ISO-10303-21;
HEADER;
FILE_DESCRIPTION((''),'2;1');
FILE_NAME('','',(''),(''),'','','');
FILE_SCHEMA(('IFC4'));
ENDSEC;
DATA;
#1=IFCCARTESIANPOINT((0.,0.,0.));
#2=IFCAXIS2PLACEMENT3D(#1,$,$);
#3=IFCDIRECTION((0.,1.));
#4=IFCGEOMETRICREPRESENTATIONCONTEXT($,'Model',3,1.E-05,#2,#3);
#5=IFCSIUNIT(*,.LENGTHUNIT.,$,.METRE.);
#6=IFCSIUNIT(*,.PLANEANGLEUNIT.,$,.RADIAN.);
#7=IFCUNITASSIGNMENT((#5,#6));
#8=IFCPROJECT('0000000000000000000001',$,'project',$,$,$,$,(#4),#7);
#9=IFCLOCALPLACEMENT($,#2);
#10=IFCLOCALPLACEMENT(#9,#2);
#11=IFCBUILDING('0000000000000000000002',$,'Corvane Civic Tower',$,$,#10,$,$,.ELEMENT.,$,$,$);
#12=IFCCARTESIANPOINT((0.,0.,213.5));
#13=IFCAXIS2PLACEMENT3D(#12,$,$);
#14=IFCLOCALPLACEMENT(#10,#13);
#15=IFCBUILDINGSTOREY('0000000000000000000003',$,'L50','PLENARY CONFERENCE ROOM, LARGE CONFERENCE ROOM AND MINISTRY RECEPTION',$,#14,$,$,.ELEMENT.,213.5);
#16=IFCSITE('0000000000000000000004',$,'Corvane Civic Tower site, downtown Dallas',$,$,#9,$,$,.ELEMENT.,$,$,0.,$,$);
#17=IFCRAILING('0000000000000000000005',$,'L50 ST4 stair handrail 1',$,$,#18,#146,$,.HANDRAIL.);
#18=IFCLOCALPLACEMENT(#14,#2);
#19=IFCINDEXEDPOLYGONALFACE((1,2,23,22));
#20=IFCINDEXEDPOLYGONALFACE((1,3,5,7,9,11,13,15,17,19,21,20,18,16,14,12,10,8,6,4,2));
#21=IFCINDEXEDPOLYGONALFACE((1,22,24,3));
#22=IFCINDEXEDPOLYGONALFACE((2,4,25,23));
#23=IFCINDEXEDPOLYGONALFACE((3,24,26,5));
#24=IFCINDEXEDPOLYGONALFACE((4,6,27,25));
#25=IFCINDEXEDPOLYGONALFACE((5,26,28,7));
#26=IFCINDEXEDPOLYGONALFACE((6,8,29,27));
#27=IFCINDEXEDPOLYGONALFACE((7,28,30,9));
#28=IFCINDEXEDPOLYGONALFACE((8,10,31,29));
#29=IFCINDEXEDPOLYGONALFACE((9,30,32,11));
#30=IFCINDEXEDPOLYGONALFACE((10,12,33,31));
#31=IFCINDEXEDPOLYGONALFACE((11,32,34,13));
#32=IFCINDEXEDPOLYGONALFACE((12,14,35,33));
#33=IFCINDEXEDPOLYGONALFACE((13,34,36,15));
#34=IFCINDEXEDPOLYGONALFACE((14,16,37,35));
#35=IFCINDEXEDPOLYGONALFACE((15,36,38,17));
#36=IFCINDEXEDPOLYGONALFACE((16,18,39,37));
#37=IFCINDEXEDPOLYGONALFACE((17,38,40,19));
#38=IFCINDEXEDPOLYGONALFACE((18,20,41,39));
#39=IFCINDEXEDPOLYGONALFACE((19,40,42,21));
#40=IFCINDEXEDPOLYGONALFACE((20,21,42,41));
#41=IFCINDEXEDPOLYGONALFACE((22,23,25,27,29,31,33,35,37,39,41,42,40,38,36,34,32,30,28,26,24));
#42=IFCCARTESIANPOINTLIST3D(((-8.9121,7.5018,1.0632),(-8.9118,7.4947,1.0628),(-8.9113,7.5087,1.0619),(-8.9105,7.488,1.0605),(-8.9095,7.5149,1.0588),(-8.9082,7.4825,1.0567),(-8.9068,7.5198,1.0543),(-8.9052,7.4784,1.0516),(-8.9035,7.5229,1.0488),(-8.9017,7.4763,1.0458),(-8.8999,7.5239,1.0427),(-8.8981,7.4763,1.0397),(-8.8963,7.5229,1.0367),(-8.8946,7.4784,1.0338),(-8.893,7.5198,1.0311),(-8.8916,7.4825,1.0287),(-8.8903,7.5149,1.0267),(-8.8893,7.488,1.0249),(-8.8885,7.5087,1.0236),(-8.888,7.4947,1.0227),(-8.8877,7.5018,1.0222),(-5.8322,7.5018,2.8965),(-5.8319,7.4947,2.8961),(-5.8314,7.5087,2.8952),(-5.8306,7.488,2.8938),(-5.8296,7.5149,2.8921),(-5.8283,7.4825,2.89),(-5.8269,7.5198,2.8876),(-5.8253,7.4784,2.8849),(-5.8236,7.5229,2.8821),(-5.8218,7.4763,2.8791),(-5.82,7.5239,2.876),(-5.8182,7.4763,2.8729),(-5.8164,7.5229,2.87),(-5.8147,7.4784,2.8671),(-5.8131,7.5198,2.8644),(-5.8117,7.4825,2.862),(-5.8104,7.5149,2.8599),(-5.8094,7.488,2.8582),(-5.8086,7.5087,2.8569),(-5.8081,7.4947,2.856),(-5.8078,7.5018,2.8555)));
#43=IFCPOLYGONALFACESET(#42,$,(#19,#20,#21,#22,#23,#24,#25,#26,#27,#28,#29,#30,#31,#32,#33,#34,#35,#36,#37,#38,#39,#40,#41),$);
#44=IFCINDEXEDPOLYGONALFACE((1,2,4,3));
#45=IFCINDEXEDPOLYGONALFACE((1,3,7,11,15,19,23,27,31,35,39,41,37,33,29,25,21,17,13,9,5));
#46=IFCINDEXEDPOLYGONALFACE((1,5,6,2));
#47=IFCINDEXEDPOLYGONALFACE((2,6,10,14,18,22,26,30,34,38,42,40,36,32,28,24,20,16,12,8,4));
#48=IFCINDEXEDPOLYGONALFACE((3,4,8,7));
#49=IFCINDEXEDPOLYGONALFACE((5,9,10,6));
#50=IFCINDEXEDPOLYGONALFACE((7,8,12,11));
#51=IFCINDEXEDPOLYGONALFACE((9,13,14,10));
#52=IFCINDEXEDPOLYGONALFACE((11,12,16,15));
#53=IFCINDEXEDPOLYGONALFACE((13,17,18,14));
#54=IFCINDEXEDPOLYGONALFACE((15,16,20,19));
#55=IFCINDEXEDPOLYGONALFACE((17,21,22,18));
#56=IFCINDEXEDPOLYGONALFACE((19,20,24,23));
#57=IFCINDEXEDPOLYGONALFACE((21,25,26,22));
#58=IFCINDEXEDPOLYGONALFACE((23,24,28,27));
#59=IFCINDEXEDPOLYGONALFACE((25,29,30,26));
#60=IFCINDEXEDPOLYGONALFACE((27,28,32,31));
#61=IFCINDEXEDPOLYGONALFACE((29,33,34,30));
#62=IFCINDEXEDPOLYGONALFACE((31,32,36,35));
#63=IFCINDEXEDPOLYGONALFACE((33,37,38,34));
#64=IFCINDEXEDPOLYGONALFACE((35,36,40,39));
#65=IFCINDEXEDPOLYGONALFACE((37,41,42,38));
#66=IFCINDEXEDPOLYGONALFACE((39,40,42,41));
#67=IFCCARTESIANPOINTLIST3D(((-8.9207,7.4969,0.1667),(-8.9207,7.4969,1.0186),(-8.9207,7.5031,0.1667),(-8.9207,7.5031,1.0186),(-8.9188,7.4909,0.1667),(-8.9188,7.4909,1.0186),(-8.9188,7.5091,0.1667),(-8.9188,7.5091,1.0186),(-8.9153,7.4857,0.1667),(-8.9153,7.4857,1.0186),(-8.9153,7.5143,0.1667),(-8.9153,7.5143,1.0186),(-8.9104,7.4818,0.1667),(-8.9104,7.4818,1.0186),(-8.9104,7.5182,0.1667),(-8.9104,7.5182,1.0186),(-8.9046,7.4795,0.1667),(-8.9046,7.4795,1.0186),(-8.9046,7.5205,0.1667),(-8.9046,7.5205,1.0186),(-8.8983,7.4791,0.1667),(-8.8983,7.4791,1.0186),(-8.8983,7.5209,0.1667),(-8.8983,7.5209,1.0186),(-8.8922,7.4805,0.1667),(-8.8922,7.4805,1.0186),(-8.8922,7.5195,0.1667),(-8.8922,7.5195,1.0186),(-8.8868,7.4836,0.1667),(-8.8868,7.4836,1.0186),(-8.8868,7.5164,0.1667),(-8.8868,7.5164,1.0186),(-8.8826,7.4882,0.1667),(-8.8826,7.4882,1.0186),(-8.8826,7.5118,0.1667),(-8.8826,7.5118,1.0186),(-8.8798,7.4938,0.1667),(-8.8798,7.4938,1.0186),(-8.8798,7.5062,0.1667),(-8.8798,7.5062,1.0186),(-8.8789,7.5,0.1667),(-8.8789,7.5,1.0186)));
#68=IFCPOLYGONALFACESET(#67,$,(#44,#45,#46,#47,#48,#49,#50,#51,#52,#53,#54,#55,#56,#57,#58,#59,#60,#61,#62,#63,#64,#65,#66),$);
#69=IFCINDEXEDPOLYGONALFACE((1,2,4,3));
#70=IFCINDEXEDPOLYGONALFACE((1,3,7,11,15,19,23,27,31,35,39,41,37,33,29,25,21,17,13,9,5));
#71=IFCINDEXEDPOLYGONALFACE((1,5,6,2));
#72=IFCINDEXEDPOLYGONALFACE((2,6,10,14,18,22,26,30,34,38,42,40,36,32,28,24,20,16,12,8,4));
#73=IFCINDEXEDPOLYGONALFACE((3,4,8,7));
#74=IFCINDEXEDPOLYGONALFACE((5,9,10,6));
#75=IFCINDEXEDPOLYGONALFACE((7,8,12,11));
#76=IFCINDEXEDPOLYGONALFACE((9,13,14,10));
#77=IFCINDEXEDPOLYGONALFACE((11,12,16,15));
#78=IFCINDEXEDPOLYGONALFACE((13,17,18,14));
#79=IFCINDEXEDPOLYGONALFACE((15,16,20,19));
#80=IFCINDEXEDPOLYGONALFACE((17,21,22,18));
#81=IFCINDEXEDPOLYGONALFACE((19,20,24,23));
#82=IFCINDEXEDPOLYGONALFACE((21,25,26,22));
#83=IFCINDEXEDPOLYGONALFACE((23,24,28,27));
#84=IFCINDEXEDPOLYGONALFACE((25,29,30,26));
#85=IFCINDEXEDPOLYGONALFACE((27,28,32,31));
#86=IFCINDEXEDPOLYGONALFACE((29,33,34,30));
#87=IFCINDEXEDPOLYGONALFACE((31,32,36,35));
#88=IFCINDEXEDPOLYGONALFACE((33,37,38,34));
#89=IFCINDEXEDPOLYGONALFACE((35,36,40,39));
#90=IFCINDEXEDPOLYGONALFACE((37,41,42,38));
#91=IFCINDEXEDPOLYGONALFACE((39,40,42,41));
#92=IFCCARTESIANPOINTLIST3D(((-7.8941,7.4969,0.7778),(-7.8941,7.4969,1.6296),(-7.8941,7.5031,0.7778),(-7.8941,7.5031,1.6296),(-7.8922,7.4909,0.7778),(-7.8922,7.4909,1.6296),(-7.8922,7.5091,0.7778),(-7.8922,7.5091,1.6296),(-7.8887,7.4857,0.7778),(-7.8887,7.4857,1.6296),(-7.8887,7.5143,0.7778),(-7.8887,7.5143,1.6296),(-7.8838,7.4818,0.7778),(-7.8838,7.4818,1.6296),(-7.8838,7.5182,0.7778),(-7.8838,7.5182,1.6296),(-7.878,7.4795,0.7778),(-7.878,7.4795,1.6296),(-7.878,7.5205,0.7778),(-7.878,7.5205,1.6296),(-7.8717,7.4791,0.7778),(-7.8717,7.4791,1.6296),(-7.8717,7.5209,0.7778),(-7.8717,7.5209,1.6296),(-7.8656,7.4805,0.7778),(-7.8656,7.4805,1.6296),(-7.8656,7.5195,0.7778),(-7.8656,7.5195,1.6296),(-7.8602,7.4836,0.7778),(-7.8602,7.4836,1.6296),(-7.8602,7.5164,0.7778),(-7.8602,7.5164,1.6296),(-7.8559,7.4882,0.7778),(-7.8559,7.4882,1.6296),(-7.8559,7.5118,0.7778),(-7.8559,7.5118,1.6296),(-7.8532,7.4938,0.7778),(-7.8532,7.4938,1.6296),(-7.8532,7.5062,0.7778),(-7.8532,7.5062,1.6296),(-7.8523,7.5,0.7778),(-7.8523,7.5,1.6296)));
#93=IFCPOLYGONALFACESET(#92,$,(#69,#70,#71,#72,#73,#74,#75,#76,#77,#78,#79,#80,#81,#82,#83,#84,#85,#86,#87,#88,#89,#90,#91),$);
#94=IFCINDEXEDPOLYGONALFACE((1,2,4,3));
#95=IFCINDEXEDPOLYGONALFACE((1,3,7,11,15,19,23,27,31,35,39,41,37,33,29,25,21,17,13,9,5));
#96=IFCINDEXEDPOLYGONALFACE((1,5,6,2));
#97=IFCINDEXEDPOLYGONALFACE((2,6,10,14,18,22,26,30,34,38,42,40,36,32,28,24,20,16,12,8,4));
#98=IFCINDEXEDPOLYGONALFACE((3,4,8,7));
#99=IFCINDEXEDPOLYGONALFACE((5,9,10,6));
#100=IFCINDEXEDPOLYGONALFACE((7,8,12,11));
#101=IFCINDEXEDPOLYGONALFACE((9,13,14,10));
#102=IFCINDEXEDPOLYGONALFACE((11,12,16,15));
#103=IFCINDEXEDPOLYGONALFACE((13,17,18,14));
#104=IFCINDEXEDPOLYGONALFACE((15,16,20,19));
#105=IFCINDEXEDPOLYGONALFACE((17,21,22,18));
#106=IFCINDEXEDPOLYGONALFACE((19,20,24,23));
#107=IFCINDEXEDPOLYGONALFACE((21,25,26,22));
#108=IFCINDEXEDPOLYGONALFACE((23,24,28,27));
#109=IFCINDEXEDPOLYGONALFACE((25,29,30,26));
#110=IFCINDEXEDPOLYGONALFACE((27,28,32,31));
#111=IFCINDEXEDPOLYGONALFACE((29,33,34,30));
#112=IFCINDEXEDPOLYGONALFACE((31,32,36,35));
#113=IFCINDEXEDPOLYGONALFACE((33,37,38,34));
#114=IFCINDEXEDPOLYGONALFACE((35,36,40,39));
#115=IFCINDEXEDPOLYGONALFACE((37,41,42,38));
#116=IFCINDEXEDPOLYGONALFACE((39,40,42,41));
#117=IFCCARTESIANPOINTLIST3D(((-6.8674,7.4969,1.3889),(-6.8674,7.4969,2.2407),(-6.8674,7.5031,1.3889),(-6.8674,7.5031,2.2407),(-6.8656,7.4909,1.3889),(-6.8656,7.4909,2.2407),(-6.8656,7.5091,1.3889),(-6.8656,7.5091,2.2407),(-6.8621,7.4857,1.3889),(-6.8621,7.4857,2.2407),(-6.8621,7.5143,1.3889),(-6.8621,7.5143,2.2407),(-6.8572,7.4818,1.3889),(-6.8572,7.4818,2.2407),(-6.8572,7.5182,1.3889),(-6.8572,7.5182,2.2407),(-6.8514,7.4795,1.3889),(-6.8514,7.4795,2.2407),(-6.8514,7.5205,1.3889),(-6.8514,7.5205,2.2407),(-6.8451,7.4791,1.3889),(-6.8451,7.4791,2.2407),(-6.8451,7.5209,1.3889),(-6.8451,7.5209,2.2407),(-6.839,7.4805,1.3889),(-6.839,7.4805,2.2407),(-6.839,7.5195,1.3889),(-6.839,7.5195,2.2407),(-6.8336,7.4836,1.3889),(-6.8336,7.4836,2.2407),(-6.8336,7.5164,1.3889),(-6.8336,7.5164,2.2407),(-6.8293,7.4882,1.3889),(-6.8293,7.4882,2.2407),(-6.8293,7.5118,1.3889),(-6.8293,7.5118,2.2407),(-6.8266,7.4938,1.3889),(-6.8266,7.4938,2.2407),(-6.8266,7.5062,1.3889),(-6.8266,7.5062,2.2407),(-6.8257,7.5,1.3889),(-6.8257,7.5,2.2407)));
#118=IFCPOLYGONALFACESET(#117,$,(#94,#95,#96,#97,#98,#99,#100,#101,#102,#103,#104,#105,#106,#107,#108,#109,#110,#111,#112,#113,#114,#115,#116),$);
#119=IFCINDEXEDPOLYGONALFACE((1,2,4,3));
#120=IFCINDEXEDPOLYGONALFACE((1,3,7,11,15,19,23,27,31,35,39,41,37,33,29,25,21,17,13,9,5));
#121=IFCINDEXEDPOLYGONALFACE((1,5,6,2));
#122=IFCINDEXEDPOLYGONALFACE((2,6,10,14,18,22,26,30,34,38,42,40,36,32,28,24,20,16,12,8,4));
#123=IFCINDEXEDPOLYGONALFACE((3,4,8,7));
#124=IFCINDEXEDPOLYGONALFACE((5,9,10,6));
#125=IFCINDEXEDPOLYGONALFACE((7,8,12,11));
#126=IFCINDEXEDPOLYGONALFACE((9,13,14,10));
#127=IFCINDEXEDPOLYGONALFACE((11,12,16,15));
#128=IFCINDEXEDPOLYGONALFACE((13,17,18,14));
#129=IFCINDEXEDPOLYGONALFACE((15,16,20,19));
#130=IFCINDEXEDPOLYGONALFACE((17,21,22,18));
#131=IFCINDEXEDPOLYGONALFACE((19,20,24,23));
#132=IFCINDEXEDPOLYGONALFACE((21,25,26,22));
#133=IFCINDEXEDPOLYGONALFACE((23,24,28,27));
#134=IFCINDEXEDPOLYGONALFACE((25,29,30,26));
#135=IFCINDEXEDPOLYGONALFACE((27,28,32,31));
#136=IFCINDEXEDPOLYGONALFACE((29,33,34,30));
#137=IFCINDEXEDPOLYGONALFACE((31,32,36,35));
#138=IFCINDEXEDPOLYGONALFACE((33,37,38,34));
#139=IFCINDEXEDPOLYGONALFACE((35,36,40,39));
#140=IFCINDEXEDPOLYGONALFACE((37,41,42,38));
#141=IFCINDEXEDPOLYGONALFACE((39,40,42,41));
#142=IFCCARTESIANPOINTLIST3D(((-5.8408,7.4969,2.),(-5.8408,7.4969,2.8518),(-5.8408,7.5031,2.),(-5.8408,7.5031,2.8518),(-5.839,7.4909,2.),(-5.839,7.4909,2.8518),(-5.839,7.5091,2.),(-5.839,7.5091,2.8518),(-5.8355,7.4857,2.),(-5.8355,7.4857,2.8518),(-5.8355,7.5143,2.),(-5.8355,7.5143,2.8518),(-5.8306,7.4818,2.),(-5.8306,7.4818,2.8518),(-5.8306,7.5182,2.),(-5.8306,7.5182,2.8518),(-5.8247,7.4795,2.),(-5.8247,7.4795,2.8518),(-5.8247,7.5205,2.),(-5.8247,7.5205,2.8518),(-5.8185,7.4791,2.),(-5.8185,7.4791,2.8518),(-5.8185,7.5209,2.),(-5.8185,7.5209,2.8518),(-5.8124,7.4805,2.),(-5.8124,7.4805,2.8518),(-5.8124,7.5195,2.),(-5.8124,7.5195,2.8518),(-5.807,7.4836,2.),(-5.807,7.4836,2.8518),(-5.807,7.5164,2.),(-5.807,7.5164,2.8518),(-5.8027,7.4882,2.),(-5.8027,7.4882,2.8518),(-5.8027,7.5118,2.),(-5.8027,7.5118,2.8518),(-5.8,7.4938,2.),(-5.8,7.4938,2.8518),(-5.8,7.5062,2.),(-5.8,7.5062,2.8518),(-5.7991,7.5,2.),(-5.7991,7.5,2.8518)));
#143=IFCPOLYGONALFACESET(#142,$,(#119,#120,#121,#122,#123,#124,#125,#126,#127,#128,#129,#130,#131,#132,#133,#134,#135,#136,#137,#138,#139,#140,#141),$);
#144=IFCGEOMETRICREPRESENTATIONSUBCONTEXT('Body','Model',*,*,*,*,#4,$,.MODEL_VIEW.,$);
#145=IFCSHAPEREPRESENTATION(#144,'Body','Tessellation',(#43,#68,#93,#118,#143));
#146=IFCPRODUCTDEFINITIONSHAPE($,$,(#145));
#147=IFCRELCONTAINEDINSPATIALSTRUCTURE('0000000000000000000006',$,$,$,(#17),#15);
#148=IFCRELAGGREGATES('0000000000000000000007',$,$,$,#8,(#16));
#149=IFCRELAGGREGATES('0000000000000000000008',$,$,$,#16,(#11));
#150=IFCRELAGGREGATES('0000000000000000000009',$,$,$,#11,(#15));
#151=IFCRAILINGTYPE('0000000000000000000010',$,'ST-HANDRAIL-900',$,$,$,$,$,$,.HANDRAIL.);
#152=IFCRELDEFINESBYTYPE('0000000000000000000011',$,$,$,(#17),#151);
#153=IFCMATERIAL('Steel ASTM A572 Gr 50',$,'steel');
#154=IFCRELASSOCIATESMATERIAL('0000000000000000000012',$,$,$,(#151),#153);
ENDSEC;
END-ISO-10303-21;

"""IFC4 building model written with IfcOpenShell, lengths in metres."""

from ifc_helpers import new_model, si_unit, direction, frame, origin, origin_2d, place, context, subcontext, project, spatial, circle, extrude, material, type_object, element, save


model = new_model("IFC4")

# Units and contexts
model_context = context("Model", 3, precision=1e-05, world=origin(), true_north=direction((0.0, 1.0)))
body_context = subcontext(model_context, "Body", "Model", "MODEL_VIEW")
ifc_project = project(units=[si_unit("LENGTHUNIT", "METRE"), si_unit("PLANEANGLEUNIT", "RADIAN")], contexts=[model_context])

# Site, building, storey
site_placement = place(None, origin())
site = spatial("IfcSite", under=ifc_project, at=site_placement, Name="Corvane Civic Tower site, downtown Dallas", CompositionType="ELEMENT", RefElevation=0.0)
building_placement = place(site_placement, origin())
building = spatial("IfcBuilding", under=site, at=building_placement, Name="Corvane Civic Tower", CompositionType="ELEMENT")
storey_placement = place(building_placement, frame((0.0, 0.0, 213.5)))
storey = spatial("IfcBuildingStorey", under=building, at=storey_placement, Name="L50", Description="PLENARY CONFERENCE ROOM, LARGE CONFERENCE ROOM AND MINISTRY RECEPTION", CompositionType="ELEMENT", Elevation=213.5)

# Railing
ifc_material_1 = material(Name="Steel ASTM A572 Gr 50", Category="steel")
railing_type = type_object("IfcRailingType", Name="ST-HANDRAIL-900", PredefinedType="HANDRAIL", material=ifc_material_1)
railing_placement = place(storey_placement, frame((-8.8999, 7.5, 0.1667)))
element("IfcRailing", 1, at=railing_placement, inside=storey, type_object=railing_type, Name="L50 ST4 stair handrail 1", PredefinedType="HANDRAIL", context=body_context, shape_type="SweptSolid", body=[
    extrude(circle(Radius=0.0239, at=origin_2d()), frame((0.0, 0.0, 0.876), z_axis=(0.859291, 0.0, 0.511487), x_axis=(0.0, 1.0, 0.0)), (0.0, 0.0, 1.0), 3.5842),
    extrude(circle(Radius=0.021, at=origin_2d()), origin(), (0.0, 0.0, 1.0), 0.8518),
    extrude(circle(Radius=0.021, at=origin_2d()), frame((1.0266, 0.0, 0.6111)), (0.0, 0.0, 1.0), 0.8518),
    extrude(circle(Radius=0.021, at=origin_2d()), frame((2.0532, 0.0, 1.2222)), (0.0, 0.0, 1.0), 0.8518),
    extrude(circle(Radius=0.021, at=origin_2d()), frame((3.0798, 0.0, 1.8333)), (0.0, 0.0, 1.0), 0.8518),
])

save(model, "model.ifc")
